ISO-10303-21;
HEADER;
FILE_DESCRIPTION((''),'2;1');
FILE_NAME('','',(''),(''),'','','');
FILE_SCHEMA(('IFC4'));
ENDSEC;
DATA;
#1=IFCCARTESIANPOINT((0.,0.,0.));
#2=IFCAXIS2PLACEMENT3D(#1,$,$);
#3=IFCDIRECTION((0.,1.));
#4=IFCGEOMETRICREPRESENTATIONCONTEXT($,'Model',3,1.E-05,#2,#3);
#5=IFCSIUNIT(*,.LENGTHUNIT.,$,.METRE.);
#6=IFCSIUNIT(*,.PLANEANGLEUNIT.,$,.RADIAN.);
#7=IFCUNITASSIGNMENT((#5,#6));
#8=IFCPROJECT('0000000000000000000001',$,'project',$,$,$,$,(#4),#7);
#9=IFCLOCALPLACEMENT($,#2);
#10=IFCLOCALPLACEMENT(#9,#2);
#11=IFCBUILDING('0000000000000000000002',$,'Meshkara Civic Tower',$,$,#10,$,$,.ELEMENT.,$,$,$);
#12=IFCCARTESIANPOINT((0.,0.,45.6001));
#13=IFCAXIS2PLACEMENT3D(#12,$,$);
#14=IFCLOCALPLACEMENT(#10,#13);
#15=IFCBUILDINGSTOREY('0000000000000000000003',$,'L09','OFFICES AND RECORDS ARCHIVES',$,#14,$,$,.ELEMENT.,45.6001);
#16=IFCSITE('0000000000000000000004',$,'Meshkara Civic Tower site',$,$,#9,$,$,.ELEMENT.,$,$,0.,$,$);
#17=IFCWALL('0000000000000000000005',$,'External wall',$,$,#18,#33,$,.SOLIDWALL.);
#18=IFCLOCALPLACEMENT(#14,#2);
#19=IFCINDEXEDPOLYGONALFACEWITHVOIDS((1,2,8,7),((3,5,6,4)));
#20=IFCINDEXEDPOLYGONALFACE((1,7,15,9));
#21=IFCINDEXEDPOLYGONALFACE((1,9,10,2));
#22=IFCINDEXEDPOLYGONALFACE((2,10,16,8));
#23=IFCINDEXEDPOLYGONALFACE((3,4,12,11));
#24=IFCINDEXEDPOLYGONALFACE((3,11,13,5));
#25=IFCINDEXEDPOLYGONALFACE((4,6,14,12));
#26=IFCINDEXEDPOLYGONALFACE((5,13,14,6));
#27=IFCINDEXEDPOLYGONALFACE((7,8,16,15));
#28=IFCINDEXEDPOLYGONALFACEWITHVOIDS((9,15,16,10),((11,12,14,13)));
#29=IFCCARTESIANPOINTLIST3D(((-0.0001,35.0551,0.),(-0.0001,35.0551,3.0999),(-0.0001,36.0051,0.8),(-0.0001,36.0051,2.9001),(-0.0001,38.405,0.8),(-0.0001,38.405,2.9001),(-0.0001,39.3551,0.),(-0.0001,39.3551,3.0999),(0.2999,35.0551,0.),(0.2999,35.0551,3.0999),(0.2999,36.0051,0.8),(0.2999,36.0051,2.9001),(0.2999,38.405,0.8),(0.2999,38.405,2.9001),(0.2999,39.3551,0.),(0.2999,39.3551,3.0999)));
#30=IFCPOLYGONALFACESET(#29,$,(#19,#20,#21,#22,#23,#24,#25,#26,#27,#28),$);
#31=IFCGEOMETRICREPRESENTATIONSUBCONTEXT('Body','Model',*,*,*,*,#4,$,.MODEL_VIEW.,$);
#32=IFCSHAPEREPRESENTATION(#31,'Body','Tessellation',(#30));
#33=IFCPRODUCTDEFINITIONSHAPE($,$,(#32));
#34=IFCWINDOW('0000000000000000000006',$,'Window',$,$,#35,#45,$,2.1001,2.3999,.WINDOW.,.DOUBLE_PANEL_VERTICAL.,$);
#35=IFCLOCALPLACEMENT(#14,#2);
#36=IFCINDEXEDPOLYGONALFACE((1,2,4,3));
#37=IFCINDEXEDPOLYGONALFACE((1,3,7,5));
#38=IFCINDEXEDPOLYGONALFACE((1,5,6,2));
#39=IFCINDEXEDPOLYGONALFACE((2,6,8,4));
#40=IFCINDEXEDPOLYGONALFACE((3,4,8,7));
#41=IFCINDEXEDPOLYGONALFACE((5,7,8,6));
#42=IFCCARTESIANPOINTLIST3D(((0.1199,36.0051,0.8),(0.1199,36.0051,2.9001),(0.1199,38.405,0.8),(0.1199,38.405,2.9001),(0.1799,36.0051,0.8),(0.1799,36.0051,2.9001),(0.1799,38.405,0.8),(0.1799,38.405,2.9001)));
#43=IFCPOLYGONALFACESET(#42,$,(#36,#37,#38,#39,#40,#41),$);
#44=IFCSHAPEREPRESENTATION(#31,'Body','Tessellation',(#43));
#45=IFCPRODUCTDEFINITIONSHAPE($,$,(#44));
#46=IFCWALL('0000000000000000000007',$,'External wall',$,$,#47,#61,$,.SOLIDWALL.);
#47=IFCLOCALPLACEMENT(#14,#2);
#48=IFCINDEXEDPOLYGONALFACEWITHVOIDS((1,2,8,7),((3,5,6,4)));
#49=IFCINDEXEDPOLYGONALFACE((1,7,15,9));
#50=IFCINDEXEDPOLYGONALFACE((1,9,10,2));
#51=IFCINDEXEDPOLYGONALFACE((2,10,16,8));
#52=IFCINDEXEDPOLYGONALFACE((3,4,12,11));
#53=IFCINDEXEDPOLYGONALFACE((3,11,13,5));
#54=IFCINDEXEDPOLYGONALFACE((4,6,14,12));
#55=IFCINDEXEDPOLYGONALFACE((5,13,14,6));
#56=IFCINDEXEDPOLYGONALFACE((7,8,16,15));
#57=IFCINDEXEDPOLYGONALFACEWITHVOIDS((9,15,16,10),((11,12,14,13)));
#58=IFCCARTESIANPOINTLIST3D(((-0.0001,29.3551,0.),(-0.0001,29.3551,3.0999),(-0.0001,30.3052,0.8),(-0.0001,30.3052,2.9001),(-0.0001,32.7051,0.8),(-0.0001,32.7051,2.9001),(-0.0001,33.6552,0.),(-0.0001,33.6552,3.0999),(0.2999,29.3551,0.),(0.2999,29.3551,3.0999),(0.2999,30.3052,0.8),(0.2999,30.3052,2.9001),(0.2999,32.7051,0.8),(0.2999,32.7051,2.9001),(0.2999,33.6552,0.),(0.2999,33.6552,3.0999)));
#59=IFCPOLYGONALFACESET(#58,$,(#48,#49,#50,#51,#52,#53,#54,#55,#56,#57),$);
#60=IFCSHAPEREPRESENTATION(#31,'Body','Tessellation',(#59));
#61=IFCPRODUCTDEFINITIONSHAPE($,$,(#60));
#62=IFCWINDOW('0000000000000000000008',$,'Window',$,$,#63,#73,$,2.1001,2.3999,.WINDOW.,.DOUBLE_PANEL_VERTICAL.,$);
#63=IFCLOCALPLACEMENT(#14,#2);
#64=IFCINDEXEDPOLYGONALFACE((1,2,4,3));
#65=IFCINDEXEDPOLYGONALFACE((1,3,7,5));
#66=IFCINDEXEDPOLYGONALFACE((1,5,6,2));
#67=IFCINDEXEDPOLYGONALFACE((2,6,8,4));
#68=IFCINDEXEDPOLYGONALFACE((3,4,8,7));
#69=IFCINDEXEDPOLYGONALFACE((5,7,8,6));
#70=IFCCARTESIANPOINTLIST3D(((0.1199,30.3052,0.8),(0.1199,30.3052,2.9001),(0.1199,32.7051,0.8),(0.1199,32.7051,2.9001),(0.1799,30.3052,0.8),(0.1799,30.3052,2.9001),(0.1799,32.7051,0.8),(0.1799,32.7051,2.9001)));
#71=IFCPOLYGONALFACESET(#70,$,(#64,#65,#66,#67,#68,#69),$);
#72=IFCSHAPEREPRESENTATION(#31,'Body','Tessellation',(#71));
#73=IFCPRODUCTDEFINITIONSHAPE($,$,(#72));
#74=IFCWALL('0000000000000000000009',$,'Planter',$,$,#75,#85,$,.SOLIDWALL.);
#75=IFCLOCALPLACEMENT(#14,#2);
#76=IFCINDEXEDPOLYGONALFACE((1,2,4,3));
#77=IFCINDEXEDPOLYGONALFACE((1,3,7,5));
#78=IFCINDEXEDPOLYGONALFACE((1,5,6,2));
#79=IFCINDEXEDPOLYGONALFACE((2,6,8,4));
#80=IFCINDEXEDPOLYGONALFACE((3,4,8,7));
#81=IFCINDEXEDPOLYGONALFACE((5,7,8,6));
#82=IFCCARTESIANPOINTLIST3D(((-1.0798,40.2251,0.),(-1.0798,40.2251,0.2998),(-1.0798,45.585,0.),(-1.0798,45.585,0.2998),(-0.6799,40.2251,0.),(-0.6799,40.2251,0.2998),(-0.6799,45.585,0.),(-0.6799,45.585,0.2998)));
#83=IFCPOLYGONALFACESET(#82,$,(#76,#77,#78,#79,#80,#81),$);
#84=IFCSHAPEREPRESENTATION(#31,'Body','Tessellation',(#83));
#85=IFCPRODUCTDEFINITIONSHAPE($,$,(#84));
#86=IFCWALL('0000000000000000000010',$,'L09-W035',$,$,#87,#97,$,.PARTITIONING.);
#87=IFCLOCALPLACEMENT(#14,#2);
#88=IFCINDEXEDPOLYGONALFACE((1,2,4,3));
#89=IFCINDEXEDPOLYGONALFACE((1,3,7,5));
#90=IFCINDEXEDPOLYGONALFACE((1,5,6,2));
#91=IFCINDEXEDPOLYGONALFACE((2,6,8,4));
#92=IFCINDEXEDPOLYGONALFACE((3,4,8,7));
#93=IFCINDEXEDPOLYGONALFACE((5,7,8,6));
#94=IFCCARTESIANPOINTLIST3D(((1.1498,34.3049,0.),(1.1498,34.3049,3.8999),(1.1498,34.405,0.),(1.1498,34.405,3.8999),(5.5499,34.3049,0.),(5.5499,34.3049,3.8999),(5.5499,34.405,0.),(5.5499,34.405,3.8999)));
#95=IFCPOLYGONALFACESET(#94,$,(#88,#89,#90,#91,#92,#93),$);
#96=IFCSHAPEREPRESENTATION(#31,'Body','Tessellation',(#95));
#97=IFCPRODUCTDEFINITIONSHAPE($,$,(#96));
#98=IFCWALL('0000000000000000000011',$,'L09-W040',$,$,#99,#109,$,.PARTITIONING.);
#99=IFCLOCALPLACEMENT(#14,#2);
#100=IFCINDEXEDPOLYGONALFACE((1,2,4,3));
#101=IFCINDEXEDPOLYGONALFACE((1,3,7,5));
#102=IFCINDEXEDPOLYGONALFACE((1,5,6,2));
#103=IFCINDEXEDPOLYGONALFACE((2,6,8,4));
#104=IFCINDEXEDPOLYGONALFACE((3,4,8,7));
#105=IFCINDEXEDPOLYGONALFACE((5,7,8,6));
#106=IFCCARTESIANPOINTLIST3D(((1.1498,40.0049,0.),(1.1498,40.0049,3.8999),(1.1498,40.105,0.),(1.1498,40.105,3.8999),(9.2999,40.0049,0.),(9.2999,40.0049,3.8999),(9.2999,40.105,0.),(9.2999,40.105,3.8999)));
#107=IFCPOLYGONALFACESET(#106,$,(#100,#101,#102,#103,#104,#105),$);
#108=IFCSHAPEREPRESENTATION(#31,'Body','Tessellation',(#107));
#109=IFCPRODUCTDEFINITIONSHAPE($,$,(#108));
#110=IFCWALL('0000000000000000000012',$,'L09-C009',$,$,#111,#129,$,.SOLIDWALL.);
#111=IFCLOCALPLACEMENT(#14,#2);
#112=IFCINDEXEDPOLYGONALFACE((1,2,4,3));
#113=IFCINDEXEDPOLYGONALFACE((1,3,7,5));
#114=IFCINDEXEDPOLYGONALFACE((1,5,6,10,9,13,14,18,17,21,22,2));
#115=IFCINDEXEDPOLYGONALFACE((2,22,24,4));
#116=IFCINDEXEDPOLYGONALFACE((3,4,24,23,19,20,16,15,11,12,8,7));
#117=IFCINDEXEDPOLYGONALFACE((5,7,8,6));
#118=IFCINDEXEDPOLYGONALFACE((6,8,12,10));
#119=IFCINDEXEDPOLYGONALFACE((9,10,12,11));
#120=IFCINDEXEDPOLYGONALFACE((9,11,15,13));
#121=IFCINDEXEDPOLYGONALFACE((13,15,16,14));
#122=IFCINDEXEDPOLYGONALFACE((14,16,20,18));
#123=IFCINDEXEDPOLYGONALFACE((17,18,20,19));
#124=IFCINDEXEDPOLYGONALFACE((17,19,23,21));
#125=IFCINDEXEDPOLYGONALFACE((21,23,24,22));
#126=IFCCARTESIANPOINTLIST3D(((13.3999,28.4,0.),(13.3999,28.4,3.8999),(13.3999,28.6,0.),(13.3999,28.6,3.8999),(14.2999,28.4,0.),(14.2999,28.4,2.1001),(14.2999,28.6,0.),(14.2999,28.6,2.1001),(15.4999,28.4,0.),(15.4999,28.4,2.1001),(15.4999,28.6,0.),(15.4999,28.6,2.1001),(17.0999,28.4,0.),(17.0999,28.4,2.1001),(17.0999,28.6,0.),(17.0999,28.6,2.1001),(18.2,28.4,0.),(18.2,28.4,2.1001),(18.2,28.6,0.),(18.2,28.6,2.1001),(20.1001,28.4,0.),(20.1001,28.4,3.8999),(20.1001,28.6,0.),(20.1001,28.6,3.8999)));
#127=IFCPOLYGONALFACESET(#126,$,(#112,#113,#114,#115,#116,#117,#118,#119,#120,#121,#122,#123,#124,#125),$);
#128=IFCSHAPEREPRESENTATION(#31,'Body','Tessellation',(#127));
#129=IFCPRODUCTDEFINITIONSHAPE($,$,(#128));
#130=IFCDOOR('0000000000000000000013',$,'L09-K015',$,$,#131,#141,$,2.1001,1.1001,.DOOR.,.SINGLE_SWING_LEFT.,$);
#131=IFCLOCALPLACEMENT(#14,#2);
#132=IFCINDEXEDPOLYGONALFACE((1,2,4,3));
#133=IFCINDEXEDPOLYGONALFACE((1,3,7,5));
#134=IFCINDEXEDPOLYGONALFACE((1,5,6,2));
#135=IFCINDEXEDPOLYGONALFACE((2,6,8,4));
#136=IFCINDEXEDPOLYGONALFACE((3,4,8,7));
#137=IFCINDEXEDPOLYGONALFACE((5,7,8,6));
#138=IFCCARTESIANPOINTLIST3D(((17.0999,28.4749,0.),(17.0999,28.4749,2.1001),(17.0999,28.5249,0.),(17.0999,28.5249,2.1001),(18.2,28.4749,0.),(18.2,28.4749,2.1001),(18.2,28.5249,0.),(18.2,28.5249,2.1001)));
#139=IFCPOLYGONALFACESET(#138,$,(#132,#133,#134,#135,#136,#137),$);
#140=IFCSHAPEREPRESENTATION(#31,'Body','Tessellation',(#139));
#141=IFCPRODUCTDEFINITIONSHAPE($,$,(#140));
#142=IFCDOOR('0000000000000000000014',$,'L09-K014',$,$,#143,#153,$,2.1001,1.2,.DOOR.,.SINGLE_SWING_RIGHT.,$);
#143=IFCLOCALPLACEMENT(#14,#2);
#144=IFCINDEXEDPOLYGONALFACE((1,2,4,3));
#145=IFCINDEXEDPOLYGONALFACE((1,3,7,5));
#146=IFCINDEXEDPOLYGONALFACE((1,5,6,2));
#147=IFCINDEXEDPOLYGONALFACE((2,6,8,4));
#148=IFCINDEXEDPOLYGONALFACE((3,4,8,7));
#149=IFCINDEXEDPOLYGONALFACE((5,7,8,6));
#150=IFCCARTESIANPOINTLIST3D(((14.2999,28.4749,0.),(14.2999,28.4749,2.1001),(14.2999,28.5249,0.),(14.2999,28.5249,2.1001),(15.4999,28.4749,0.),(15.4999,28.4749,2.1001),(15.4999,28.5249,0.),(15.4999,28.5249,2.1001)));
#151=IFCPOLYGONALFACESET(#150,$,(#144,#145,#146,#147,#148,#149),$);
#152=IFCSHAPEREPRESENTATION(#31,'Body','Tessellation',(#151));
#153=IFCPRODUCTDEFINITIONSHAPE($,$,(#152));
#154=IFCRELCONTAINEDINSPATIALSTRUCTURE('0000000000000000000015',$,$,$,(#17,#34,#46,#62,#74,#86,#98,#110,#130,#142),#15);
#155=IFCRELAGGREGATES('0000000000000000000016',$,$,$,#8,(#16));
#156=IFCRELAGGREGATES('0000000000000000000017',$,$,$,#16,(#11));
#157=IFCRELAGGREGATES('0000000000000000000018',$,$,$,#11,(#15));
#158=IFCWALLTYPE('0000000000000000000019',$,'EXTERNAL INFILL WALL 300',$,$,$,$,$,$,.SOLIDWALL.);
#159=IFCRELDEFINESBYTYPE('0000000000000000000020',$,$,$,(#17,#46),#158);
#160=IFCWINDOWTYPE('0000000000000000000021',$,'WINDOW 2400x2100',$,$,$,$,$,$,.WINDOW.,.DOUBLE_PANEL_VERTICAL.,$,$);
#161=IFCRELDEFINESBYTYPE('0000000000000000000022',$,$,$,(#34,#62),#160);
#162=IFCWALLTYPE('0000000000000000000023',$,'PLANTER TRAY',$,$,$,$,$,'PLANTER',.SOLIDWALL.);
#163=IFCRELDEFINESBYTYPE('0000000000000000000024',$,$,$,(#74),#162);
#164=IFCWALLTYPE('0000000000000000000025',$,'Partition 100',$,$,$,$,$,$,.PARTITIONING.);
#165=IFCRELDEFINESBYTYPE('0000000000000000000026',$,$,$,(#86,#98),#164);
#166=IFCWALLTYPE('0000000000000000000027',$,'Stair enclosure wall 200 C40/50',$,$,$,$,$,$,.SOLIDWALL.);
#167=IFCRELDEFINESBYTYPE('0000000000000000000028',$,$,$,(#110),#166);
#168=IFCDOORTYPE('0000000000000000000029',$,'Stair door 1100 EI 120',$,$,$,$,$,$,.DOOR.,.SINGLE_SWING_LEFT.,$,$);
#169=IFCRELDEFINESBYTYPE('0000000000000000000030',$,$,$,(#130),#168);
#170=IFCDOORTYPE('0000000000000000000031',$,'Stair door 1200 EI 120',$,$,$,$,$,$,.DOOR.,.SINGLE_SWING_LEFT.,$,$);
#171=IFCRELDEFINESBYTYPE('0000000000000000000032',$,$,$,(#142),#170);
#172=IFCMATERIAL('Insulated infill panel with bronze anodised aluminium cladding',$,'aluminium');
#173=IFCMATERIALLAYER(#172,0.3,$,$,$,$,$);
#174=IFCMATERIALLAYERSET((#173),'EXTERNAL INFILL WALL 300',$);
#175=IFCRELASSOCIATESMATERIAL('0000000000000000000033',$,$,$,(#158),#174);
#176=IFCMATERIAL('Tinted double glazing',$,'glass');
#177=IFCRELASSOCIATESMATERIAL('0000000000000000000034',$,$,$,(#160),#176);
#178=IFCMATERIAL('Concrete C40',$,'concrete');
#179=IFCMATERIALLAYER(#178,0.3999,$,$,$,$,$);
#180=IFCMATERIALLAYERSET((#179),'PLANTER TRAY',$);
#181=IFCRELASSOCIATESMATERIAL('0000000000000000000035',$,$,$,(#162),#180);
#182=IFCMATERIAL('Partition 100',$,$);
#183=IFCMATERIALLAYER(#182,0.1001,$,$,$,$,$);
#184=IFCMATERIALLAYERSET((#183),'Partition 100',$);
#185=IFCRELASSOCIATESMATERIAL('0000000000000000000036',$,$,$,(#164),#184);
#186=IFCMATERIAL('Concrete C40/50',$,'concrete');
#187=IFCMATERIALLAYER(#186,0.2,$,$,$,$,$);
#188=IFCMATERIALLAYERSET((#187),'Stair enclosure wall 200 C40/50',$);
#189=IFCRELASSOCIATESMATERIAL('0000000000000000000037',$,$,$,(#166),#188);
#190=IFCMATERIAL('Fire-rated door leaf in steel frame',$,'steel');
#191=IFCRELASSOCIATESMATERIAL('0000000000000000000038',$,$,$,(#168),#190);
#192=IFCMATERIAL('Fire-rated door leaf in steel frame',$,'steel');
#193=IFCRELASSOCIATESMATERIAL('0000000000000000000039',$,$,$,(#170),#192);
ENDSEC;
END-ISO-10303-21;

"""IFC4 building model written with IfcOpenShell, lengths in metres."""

from ifc_helpers import new_model, si_unit, direction, frame, frame_2d, origin, place, context, subcontext, project, spatial, rectangle, extrude, material, layer, layer_set, type_object, element, fill, save


model = new_model("IFC4")

# Units and contexts
model_context = context("Model", 3, precision=1e-05, world=origin(), true_north=direction((0.0, 1.0)))
body_context = subcontext(model_context, "Body", "Model", "MODEL_VIEW")
ifc_project = project(units=[si_unit("LENGTHUNIT", "METRE"), si_unit("PLANEANGLEUNIT", "RADIAN")], contexts=[model_context])

# Site, building, storey
site_placement = place(None, origin())
site = spatial("IfcSite", under=ifc_project, at=site_placement, Name="Meshkara Civic Tower site", CompositionType="ELEMENT", RefElevation=0.0)
building_placement = place(site_placement, origin())
building = spatial("IfcBuilding", under=site, at=building_placement, Name="Meshkara Civic Tower", CompositionType="ELEMENT")
storey_placement = place(building_placement, frame((0.0, 0.0, 45.6001)))
storey = spatial("IfcBuildingStorey", under=building, at=storey_placement, Name="L09", Description="OFFICES AND RECORDS ARCHIVES", CompositionType="ELEMENT", Elevation=45.6001)

# Walls, openings, windows
ifc_material_1 = material(Name="Insulated infill panel with bronze anodised aluminium cladding", Category="aluminium")
ifc_layer_1 = layer(ifc_material_1, 0.3)
ifc_layer_set_1 = layer_set([ifc_layer_1], Name="EXTERNAL INFILL WALL 300")
wall_type_1 = type_object("IfcWallType", Name="EXTERNAL INFILL WALL 300", PredefinedType="SOLIDWALL", material=ifc_layer_set_1)
wall_1_placement = place(storey_placement, frame((0.1499, 39.355, 0.0), z_axis=(0.0, 0.0, 1.0), x_axis=(0.0, -1.0, 0.0)))
wall_1 = element("IfcWall", 1, at=wall_1_placement, inside=storey, type_object=wall_type_1, Name="External wall", PredefinedType="SOLIDWALL", context=body_context, shape_type="SweptSolid", body=[
    extrude(rectangle(XDim=4.3, YDim=0.3, at=frame_2d((2.1499, 0.0))), origin(), (0.0, 0.0, 1.0), 3.0999),
])
opening_1_placement = place(wall_1_placement, frame((0.95, 0.0, 0.8)))
opening_1 = element("IfcOpeningElement", 2, at=opening_1_placement, cuts=wall_1, PredefinedType="OPENING", context=body_context, shape_type="SweptSolid", body=[
    extrude(rectangle(XDim=2.3999, YDim=2.1001, at=frame_2d((1.2, 1.05))), frame((0.0, 0.1599, 0.0), z_axis=(0.0, -1.0, 0.0), x_axis=(1.0, 0.0, 0.0)), (0.0, 0.0, 1.0), 0.3201),
])
ifc_material_2 = material(Name="Tinted double glazing", Category="glass")
window_type = type_object("IfcWindowType", Name="WINDOW 2400x2100", PartitioningType="DOUBLE_PANEL_VERTICAL", PredefinedType="WINDOW", material=ifc_material_2)
window_1_placement = place(opening_1_placement, origin())
window_1 = element("IfcWindow", 3, at=window_1_placement, inside=storey, type_object=window_type, Name="Window", OverallHeight=2.1001, OverallWidth=2.3999, PartitioningType="DOUBLE_PANEL_VERTICAL", PredefinedType="WINDOW", context=body_context, shape_type="SweptSolid", body=[
    extrude(rectangle(XDim=2.3999, YDim=2.1001, at=frame_2d((1.2, 1.05))), frame((0.0, 0.03, 0.0), z_axis=(0.0, -1.0, 0.0), x_axis=(1.0, 0.0, 0.0)), (0.0, 0.0, 1.0), 0.0601),
])
fill(opening_1, window_1)
wall_2_placement = place(storey_placement, frame((0.1499, 33.655, 0.0), z_axis=(0.0, 0.0, 1.0), x_axis=(0.0, -1.0, 0.0)))
wall_2 = element("IfcWall", 4, at=wall_2_placement, inside=storey, type_object=wall_type_1, Name="External wall", PredefinedType="SOLIDWALL", context=body_context, shape_type="SweptSolid", body=[
    extrude(rectangle(XDim=4.3, YDim=0.3, at=frame_2d((2.1499, 0.0))), origin(), (0.0, 0.0, 1.0), 3.0999),
])
opening_2_placement = place(wall_2_placement, frame((0.95, 0.0, 0.8)))
opening_2 = element("IfcOpeningElement", 5, at=opening_2_placement, cuts=wall_2, PredefinedType="OPENING", context=body_context, shape_type="SweptSolid", body=[
    extrude(rectangle(XDim=2.3999, YDim=2.1001, at=frame_2d((1.2, 1.05))), frame((0.0, 0.1599, 0.0), z_axis=(0.0, -1.0, 0.0), x_axis=(1.0, 0.0, 0.0)), (0.0, 0.0, 1.0), 0.3201),
])
window_2_placement = place(opening_2_placement, origin())
window_2 = element("IfcWindow", 6, at=window_2_placement, inside=storey, type_object=window_type, Name="Window", OverallHeight=2.1001, OverallWidth=2.3999, PartitioningType="DOUBLE_PANEL_VERTICAL", PredefinedType="WINDOW", context=body_context, shape_type="SweptSolid", body=[
    extrude(rectangle(XDim=2.3999, YDim=2.1001, at=frame_2d((1.2, 1.05))), frame((0.0, 0.03, 0.0), z_axis=(0.0, -1.0, 0.0), x_axis=(1.0, 0.0, 0.0)), (0.0, 0.0, 1.0), 0.0601),
])
fill(opening_2, window_2)

# Walls
ifc_material_3 = material(Name="Concrete C40", Category="concrete")
ifc_layer_2 = layer(ifc_material_3, 0.3999)
ifc_layer_set_2 = layer_set([ifc_layer_2], Name="PLANTER TRAY")
wall_type_2 = type_object("IfcWallType", Name="PLANTER TRAY", ElementType="PLANTER", PredefinedType="SOLIDWALL", material=ifc_layer_set_2)
wall_3_placement = place(storey_placement, frame((-0.8799, 45.585, 0.0), z_axis=(0.0, 0.0, 1.0), x_axis=(0.0, -1.0, 0.0)))
element("IfcWall", 7, at=wall_3_placement, inside=storey, type_object=wall_type_2, Name="Planter", PredefinedType="SOLIDWALL", context=body_context, shape_type="SweptSolid", body=[
    extrude(rectangle(XDim=5.3599, YDim=0.3999, at=frame_2d((2.6799, 0.0))), origin(), (0.0, 0.0, 1.0), 0.2998),
])
ifc_material_4 = material(Name="Partition 100")
ifc_layer_3 = layer(ifc_material_4, 0.1001)
ifc_layer_set_3 = layer_set([ifc_layer_3], Name="Partition 100")
wall_type_3 = type_object("IfcWallType", Name="Partition 100", PredefinedType="PARTITIONING", material=ifc_layer_set_3)
wall_4_placement = place(storey_placement, frame((5.55, 34.355, 0.0), z_axis=(0.0, 0.0, 1.0), x_axis=(-1.0, 0.0, 0.0)))
element("IfcWall", 8, at=wall_4_placement, inside=storey, type_object=wall_type_3, Name="L09-W035", PredefinedType="PARTITIONING", context=body_context, shape_type="SweptSolid", body=[
    extrude(rectangle(XDim=4.4001, YDim=0.1001, at=frame_2d((2.2002, 0.0))), origin(), (0.0, 0.0, 1.0), 3.8999),
])
wall_5_placement = place(storey_placement, frame((9.3, 40.0549, 0.0), z_axis=(0.0, 0.0, 1.0), x_axis=(-1.0, 0.0, 0.0)))
element("IfcWall", 9, at=wall_5_placement, inside=storey, type_object=wall_type_3, Name="L09-W040", PredefinedType="PARTITIONING", context=body_context, shape_type="SweptSolid", body=[
    extrude(rectangle(XDim=8.1501, YDim=0.1001, at=frame_2d((4.0752, 0.0))), origin(), (0.0, 0.0, 1.0), 3.8999),
])

# Wall, openings, doors
ifc_material_5 = material(Name="Concrete C40/50", Category="concrete")
ifc_layer_4 = layer(ifc_material_5, 0.2)
ifc_layer_set_4 = layer_set([ifc_layer_4], Name="Stair enclosure wall 200 C40/50")
wall_type_4 = type_object("IfcWallType", Name="Stair enclosure wall 200 C40/50", PredefinedType="SOLIDWALL", material=ifc_layer_set_4)
wall_6_placement = place(storey_placement, frame((13.3999, 28.5, 0.0), z_axis=(0.0, 0.0, 1.0), x_axis=(1.0, 0.0, 0.0)))
wall_6 = element("IfcWall", 10, at=wall_6_placement, inside=storey, type_object=wall_type_4, Name="L09-C009", PredefinedType="SOLIDWALL", context=body_context, shape_type="SweptSolid", body=[
    extrude(rectangle(XDim=6.7002, YDim=0.2, at=frame_2d((3.3501, 0.0))), origin(), (0.0, 0.0, 1.0), 3.8999),
])
opening_3_placement = place(wall_6_placement, frame((0.8999, 0.0, 0.0)))
opening_3 = element("IfcOpeningElement", 11, at=opening_3_placement, cuts=wall_6, PredefinedType="OPENING", context=body_context, shape_type="SweptSolid", body=[
    extrude(rectangle(XDim=1.2, YDim=2.1001, at=frame_2d((0.6001, 1.05))), frame((0.0, 0.1099, 0.0), z_axis=(0.0, -1.0, 0.0), x_axis=(1.0, 0.0, 0.0)), (0.0, 0.0, 1.0), 0.22),
])
opening_4_placement = place(wall_6_placement, frame((3.7, 0.0, 0.0)))
opening_4 = element("IfcOpeningElement", 12, at=opening_4_placement, cuts=wall_6, PredefinedType="OPENING", context=body_context, shape_type="SweptSolid", body=[
    extrude(rectangle(XDim=1.1001, YDim=2.1001, at=frame_2d((0.55, 1.05))), frame((0.0, 0.1099, 0.0), z_axis=(0.0, -1.0, 0.0), x_axis=(1.0, 0.0, 0.0)), (0.0, 0.0, 1.0), 0.22),
])
ifc_material_6 = material(Name="Fire-rated door leaf in steel frame", Category="steel")
door_type_1 = type_object("IfcDoorType", Name="Stair door 1100 EI 120", OperationType="SINGLE_SWING_LEFT", PredefinedType="DOOR", material=ifc_material_6)
door_1_placement = place(opening_4_placement, origin())
door_1 = element("IfcDoor", 13, at=door_1_placement, inside=storey, type_object=door_type_1, Name="L09-K015", OperationType="SINGLE_SWING_LEFT", OverallHeight=2.1001, OverallWidth=1.1001, PredefinedType="DOOR", context=body_context, shape_type="SweptSolid", body=[
    extrude(rectangle(XDim=1.1001, YDim=2.1001, at=frame_2d((0.55, 1.05))), frame((0.0, 0.0249, 0.0), z_axis=(0.0, -1.0, 0.0), x_axis=(1.0, 0.0, 0.0)), (0.0, 0.0, 1.0), 0.05),
])
fill(opening_4, door_1)
ifc_material_7 = material(Name="Fire-rated door leaf in steel frame", Category="steel")
door_type_2 = type_object("IfcDoorType", Name="Stair door 1200 EI 120", OperationType="SINGLE_SWING_LEFT", PredefinedType="DOOR", material=ifc_material_7)
door_2_placement = place(opening_3_placement, origin())
door_2 = element("IfcDoor", 14, at=door_2_placement, inside=storey, type_object=door_type_2, Name="L09-K014", OperationType="SINGLE_SWING_RIGHT", OverallHeight=2.1001, OverallWidth=1.2, PredefinedType="DOOR", context=body_context, shape_type="SweptSolid", body=[
    extrude(rectangle(XDim=1.2, YDim=2.1001, at=frame_2d((0.6001, 1.05))), frame((0.0, 0.0249, 0.0), z_axis=(0.0, -1.0, 0.0), x_axis=(1.0, 0.0, 0.0)), (0.0, 0.0, 1.0), 0.05),
])
fill(opening_3, door_2)

save(model, "model.ifc")
